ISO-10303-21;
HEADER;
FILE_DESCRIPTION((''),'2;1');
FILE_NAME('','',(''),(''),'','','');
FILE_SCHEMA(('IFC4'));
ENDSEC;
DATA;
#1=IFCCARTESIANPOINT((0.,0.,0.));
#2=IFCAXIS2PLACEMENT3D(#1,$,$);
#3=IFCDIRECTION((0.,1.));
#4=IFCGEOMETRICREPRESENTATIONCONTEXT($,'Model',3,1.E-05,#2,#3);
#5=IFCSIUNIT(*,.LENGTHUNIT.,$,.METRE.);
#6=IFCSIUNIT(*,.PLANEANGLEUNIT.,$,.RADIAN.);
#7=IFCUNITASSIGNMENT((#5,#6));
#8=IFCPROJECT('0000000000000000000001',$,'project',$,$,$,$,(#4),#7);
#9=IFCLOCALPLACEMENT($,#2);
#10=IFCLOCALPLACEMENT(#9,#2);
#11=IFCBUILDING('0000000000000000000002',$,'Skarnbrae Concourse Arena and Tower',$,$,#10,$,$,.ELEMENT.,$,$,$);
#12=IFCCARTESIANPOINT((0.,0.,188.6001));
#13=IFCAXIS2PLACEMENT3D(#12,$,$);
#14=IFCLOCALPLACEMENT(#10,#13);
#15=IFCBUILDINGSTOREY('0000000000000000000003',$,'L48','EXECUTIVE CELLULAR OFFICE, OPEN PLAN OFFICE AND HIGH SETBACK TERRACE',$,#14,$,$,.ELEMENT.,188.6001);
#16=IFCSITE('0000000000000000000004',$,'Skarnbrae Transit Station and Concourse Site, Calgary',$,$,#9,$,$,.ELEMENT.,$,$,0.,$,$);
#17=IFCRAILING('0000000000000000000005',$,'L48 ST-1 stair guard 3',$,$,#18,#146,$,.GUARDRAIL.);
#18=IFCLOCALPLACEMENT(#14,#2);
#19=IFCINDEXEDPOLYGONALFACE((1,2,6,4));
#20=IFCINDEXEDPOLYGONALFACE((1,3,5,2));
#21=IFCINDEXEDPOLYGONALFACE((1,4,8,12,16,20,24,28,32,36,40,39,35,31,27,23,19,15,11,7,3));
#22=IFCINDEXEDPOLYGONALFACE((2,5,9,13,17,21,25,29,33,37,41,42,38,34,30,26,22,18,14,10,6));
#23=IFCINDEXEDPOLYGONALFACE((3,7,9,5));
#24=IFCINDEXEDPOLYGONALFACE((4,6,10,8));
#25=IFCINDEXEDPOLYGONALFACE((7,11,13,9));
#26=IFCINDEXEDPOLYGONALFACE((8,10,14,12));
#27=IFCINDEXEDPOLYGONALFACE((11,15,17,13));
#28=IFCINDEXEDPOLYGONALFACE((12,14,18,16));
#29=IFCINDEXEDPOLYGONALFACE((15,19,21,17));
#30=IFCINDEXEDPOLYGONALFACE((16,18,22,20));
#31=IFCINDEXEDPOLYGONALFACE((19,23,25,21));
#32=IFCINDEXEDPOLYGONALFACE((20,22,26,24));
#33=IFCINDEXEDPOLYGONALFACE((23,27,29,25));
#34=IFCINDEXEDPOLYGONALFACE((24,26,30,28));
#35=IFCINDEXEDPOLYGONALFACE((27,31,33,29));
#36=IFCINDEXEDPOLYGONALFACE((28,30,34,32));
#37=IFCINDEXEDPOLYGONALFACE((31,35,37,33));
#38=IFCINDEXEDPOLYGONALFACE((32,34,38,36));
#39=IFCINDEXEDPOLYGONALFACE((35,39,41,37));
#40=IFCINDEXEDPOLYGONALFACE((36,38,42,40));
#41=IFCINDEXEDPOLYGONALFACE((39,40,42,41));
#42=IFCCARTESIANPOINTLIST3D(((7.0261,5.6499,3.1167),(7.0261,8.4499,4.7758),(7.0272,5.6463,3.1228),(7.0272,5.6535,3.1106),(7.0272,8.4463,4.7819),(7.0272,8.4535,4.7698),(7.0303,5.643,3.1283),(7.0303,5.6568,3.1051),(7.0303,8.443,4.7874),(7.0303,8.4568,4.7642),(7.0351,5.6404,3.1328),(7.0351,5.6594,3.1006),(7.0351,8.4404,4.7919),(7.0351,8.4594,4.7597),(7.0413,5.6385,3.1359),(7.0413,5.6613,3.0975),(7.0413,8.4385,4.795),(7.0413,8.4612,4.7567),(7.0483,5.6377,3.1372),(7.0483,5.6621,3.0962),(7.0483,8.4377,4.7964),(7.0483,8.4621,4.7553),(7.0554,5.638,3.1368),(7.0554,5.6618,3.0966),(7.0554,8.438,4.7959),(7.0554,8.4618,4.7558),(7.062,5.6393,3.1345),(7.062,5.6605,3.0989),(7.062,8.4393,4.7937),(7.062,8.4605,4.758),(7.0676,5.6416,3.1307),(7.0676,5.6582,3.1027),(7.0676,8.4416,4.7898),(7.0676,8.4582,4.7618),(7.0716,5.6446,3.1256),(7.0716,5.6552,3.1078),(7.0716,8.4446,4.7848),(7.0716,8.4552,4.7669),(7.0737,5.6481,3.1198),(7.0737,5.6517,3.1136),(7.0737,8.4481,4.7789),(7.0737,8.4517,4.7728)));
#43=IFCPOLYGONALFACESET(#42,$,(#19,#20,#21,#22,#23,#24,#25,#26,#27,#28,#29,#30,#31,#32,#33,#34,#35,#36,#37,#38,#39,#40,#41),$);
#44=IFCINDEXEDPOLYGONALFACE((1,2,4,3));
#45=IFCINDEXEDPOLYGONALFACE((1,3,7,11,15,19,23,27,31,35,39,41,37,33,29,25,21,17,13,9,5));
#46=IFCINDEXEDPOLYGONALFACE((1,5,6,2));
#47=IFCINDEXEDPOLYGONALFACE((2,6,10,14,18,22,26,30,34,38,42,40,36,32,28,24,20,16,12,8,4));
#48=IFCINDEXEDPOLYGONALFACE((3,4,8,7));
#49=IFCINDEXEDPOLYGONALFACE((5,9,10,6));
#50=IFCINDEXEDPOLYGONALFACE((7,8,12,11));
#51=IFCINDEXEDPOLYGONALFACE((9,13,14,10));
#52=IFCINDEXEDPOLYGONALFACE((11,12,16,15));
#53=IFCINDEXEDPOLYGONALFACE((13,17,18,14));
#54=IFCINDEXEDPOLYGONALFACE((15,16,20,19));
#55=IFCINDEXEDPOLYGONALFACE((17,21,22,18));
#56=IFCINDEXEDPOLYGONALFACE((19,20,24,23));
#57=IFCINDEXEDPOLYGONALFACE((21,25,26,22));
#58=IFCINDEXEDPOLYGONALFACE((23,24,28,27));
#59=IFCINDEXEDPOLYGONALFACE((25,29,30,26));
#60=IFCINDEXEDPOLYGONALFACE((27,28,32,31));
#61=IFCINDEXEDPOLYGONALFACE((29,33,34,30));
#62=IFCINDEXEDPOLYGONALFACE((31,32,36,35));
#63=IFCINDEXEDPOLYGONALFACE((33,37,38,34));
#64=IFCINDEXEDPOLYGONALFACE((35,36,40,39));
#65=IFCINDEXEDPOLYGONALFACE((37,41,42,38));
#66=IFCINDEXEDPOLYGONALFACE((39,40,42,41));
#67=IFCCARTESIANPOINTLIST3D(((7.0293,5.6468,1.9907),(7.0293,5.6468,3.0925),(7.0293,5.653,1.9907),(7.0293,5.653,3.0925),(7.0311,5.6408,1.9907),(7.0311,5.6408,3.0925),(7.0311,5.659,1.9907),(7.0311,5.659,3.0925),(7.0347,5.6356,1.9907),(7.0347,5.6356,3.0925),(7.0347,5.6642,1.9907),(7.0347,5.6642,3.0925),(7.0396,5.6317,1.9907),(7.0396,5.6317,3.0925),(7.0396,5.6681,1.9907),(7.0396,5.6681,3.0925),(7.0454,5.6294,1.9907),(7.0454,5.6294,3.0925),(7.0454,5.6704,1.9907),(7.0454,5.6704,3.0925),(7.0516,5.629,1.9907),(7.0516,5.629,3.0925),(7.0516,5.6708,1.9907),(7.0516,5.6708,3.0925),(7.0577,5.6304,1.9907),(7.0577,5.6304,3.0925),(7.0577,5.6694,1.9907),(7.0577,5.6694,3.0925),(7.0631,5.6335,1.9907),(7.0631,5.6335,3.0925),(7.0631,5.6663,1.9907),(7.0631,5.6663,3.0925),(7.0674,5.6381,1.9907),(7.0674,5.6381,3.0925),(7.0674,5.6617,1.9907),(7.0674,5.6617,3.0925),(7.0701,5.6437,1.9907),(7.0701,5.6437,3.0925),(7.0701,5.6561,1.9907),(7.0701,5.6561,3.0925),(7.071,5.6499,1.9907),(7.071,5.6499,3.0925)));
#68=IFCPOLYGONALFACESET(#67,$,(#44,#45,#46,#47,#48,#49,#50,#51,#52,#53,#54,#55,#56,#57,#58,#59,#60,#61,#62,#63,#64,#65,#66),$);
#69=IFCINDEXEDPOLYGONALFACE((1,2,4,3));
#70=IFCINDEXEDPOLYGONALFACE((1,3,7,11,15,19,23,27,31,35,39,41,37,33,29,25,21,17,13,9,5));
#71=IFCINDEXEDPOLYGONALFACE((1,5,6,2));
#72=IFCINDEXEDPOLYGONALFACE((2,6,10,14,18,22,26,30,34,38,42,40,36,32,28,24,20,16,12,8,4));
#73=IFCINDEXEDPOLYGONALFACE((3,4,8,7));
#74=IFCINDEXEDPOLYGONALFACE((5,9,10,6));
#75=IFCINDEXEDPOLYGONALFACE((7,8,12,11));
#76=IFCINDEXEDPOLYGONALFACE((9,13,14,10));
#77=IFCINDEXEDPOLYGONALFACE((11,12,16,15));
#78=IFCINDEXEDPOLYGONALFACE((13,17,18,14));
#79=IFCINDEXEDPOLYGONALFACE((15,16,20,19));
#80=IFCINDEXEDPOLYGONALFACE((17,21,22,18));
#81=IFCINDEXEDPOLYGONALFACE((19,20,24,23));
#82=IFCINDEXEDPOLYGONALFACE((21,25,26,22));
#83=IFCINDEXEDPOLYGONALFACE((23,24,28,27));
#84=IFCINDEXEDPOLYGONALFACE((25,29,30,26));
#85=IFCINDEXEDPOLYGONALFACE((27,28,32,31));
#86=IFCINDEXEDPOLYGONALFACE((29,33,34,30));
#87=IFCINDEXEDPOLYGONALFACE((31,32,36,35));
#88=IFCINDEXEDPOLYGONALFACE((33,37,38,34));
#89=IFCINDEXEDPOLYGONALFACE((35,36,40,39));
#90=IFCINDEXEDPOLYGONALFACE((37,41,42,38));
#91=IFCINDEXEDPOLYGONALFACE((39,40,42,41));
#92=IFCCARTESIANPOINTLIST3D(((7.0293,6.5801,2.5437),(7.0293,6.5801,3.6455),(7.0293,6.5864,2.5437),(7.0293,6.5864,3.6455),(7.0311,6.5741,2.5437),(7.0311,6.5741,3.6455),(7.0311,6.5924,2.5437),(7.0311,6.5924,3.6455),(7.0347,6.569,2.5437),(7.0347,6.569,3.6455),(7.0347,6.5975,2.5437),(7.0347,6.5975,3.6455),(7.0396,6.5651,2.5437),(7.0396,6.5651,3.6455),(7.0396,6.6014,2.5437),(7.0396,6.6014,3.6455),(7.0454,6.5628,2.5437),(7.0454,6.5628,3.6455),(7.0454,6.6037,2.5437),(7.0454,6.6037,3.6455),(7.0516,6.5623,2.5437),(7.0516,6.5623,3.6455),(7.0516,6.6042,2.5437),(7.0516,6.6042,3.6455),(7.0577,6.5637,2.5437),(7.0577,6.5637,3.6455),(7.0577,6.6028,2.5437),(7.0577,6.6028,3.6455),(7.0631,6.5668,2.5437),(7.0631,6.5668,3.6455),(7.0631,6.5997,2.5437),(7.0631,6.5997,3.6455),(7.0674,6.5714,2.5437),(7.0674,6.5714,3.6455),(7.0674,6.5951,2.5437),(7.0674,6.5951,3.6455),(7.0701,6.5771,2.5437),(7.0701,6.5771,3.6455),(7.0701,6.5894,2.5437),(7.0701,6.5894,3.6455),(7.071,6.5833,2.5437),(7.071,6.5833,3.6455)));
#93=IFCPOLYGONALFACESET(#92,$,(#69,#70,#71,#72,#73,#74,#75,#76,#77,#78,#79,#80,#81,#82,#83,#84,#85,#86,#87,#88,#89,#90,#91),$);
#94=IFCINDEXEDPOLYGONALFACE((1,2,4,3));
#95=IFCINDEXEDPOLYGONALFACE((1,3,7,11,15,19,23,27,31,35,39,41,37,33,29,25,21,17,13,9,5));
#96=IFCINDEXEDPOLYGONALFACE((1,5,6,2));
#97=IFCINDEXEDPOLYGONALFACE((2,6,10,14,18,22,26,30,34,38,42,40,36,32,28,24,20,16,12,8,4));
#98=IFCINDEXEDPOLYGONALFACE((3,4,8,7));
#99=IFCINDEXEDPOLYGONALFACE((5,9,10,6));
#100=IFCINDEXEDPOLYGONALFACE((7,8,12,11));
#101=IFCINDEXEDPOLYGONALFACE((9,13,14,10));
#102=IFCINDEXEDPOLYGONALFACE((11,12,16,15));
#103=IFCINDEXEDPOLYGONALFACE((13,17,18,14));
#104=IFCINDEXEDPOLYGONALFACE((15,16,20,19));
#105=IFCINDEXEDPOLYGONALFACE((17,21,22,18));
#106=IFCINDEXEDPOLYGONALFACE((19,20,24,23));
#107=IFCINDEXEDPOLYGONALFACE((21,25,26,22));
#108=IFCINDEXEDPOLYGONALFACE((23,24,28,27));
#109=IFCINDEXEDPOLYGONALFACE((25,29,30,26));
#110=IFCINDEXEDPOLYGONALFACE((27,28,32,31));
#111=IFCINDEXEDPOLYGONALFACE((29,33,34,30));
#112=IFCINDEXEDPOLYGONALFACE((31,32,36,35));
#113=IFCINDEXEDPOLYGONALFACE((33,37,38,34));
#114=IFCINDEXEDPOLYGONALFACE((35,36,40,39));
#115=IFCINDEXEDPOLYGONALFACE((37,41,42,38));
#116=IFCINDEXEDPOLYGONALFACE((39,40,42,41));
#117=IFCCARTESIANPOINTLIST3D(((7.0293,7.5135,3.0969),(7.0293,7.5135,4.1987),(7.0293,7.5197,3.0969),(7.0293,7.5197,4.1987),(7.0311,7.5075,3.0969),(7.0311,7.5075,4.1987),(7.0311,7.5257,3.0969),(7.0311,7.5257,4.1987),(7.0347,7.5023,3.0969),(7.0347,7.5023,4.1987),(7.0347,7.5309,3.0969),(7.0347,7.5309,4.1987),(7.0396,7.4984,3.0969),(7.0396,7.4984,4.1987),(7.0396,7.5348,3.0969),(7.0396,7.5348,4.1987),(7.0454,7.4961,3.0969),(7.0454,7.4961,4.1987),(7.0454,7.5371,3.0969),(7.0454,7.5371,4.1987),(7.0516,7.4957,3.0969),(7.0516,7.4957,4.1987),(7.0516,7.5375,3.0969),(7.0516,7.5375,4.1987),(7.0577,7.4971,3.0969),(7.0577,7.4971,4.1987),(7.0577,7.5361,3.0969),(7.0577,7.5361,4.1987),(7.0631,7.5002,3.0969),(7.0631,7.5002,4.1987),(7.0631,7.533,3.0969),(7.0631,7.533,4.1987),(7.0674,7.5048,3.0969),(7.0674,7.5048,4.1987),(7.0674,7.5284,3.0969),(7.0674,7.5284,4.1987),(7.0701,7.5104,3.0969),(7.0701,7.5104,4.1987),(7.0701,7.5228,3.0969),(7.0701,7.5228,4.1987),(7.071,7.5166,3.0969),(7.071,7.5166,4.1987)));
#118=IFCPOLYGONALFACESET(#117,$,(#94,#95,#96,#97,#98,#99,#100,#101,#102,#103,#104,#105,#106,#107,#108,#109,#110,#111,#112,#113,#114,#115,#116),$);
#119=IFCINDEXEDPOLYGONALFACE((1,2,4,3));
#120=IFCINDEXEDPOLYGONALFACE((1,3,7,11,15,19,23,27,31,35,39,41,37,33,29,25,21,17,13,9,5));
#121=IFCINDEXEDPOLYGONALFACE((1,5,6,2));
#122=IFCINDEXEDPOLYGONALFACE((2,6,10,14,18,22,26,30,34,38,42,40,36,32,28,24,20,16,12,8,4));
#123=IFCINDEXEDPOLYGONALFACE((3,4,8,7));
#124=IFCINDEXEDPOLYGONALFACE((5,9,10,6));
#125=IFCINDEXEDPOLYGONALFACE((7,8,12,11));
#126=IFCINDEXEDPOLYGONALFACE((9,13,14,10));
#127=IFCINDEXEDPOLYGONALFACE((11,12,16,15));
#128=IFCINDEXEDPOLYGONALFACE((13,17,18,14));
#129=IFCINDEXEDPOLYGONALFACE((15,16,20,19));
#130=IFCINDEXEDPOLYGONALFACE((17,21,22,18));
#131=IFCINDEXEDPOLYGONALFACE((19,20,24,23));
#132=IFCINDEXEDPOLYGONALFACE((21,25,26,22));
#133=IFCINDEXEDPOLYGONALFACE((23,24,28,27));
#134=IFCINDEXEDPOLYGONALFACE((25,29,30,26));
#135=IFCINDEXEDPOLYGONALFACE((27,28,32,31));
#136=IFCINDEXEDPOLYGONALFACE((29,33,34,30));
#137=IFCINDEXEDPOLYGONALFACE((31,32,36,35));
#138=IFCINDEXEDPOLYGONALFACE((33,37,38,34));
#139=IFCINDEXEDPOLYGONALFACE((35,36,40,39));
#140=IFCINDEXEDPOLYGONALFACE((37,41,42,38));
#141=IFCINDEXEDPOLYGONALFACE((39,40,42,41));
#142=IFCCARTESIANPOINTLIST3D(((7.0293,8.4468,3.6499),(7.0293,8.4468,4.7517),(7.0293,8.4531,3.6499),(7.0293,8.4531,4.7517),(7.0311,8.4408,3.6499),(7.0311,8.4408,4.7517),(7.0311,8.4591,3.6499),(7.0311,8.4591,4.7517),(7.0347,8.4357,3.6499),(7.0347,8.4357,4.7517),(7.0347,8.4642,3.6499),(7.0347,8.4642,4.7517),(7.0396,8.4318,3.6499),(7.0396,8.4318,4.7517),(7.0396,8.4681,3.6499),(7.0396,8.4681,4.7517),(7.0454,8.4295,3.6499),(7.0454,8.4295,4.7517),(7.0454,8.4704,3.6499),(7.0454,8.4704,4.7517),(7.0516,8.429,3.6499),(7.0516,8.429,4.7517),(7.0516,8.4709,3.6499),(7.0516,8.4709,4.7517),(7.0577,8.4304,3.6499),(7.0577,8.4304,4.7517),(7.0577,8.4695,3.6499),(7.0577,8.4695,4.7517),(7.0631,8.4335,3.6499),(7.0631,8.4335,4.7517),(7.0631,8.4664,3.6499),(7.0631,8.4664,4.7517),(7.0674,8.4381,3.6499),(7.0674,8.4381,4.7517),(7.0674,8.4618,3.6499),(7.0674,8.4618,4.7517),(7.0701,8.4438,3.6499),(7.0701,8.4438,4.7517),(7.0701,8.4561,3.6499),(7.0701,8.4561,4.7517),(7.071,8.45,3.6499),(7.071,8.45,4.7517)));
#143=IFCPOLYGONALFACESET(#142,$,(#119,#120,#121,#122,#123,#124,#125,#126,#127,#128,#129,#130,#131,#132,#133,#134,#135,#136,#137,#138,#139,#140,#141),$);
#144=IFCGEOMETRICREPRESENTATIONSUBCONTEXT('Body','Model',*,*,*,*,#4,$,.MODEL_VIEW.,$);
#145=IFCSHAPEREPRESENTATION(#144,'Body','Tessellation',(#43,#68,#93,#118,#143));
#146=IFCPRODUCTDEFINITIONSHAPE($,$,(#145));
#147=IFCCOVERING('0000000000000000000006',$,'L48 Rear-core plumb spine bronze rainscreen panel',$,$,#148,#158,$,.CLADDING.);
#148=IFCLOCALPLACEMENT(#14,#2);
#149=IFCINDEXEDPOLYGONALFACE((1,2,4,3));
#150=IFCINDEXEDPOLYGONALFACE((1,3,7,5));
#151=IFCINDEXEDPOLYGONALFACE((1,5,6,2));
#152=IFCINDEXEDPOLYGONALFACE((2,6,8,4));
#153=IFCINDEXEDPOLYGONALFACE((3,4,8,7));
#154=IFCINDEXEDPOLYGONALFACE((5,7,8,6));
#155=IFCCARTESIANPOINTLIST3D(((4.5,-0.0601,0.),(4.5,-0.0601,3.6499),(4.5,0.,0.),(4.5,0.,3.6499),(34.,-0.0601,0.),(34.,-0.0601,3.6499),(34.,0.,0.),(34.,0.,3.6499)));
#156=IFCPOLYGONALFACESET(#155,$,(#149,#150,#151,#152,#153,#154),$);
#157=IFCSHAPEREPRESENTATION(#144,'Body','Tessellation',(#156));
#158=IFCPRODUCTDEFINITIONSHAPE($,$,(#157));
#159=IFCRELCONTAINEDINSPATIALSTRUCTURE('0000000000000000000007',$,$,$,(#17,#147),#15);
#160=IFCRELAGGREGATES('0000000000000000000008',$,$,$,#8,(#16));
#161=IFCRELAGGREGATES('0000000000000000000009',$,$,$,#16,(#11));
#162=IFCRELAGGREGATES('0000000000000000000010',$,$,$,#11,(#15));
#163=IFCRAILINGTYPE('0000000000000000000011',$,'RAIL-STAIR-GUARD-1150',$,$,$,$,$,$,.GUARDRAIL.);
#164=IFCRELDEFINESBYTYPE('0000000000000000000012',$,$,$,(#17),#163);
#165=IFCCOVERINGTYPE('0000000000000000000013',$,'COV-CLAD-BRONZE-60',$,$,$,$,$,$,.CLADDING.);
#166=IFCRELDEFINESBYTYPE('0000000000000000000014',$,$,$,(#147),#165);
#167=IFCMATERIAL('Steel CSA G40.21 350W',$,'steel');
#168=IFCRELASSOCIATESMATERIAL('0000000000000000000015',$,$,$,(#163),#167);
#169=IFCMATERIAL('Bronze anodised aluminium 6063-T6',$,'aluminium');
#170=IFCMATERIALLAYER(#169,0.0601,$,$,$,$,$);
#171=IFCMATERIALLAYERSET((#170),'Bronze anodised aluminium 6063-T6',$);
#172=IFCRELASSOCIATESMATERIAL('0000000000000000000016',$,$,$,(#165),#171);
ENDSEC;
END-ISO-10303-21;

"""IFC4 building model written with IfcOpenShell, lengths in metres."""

from ifc_helpers import new_model, si_unit, direction, frame, origin, origin_2d, place, context, subcontext, project, spatial, rectangle, circle, extrude, source, transform, mapped, material, layer, layer_set, type_object, element, save


model = new_model("IFC4")

# Units and contexts
model_context = context("Model", 3, precision=1e-05, world=origin(), true_north=direction((0.0, 1.0)))
body_context = subcontext(model_context, "Body", "Model", "MODEL_VIEW")
ifc_project = project(units=[si_unit("LENGTHUNIT", "METRE"), si_unit("PLANEANGLEUNIT", "RADIAN")], contexts=[model_context])

# Site, building, storey
site_placement = place(None, origin())
site = spatial("IfcSite", under=ifc_project, at=site_placement, Name="Skarnbrae Transit Station and Concourse Site, Calgary", CompositionType="ELEMENT", RefElevation=0.0)
building_placement = place(site_placement, origin())
building = spatial("IfcBuilding", under=site, at=building_placement, Name="Skarnbrae Concourse Arena and Tower", CompositionType="ELEMENT")
storey_placement = place(building_placement, frame((0.0, 0.0, 188.6001)))
storey = spatial("IfcBuildingStorey", under=building, at=storey_placement, Name="L48", Description="EXECUTIVE CELLULAR OFFICE, OPEN PLAN OFFICE AND HIGH SETBACK TERRACE", CompositionType="ELEMENT", Elevation=188.6001)

# Shared definitions
ifc_material_1 = material(Name="Steel CSA G40.21 350W", Category="steel")

# Railing
railing_type_1 = type_object("IfcRailingType", Name="RAIL-STAIR-GUARD-1150", PredefinedType="GUARDRAIL", material=ifc_material_1)
railing_1_placement = place(storey_placement, frame((7.05, 5.6499, 1.9907)))
element("IfcRailing", 1, at=railing_1_placement, inside=storey, type_object=railing_type_1, Name="L48 ST-1 stair guard 3", PredefinedType="GUARDRAIL", context=body_context, shape_type="SweptSolid", body=[
    extrude(circle(Radius=0.0239, at=origin_2d()), frame((0.0, 0.0, 1.126), z_axis=(0.0, 0.860306, 0.509778), x_axis=(-1.0, 0.0, 0.0)), (0.0, 0.0, 1.0), 3.2546),
    extrude(circle(Radius=0.021, at=origin_2d()), origin(), (0.0, 0.0, 1.0), 1.1018),
    extrude(circle(Radius=0.021, at=origin_2d()), frame((0.0, 0.9333, 0.553)), (0.0, 0.0, 1.0), 1.1018),
    extrude(circle(Radius=0.021, at=origin_2d()), frame((0.0, 1.8667, 1.1062)), (0.0, 0.0, 1.0), 1.1018),
    extrude(circle(Radius=0.021, at=origin_2d()), frame((0.0, 2.8, 1.6592)), (0.0, 0.0, 1.0), 1.1018),
])

# Covering
ifc_material_2 = material(Name="Bronze anodised aluminium 6063-T6", Category="aluminium")
ifc_layer_1 = layer(ifc_material_2, 0.0601)
ifc_layer_set_1 = layer_set([ifc_layer_1], Name="Bronze anodised aluminium 6063-T6")
covering_type = type_object("IfcCoveringType", Name="COV-CLAD-BRONZE-60", PredefinedType="CLADDING", material=ifc_layer_set_1)
shared_shape_1 = source(origin(), body_context, "Body", "SweptSolid", [
    extrude(rectangle(XDim=29.5, YDim=0.0601, at=origin_2d()), origin(), (0.0, 0.0, 1.0), 3.6499),
])
covering_placement = place(storey_placement, frame((19.25, -0.03, 0.0), z_axis=(0.0, 0.0, 1.0), x_axis=(1.0, 0.0, 0.0)))
element("IfcCovering", 2, at=covering_placement, inside=storey, type_object=covering_type, Name="L48 Rear-core plumb spine bronze rainscreen panel", PredefinedType="CLADDING", context=body_context, shape_type="MappedRepresentation", body=[
    mapped(shared_shape_1, transform((0.0, 0.0, 0.0))),
])

save(model, "model.ifc")
